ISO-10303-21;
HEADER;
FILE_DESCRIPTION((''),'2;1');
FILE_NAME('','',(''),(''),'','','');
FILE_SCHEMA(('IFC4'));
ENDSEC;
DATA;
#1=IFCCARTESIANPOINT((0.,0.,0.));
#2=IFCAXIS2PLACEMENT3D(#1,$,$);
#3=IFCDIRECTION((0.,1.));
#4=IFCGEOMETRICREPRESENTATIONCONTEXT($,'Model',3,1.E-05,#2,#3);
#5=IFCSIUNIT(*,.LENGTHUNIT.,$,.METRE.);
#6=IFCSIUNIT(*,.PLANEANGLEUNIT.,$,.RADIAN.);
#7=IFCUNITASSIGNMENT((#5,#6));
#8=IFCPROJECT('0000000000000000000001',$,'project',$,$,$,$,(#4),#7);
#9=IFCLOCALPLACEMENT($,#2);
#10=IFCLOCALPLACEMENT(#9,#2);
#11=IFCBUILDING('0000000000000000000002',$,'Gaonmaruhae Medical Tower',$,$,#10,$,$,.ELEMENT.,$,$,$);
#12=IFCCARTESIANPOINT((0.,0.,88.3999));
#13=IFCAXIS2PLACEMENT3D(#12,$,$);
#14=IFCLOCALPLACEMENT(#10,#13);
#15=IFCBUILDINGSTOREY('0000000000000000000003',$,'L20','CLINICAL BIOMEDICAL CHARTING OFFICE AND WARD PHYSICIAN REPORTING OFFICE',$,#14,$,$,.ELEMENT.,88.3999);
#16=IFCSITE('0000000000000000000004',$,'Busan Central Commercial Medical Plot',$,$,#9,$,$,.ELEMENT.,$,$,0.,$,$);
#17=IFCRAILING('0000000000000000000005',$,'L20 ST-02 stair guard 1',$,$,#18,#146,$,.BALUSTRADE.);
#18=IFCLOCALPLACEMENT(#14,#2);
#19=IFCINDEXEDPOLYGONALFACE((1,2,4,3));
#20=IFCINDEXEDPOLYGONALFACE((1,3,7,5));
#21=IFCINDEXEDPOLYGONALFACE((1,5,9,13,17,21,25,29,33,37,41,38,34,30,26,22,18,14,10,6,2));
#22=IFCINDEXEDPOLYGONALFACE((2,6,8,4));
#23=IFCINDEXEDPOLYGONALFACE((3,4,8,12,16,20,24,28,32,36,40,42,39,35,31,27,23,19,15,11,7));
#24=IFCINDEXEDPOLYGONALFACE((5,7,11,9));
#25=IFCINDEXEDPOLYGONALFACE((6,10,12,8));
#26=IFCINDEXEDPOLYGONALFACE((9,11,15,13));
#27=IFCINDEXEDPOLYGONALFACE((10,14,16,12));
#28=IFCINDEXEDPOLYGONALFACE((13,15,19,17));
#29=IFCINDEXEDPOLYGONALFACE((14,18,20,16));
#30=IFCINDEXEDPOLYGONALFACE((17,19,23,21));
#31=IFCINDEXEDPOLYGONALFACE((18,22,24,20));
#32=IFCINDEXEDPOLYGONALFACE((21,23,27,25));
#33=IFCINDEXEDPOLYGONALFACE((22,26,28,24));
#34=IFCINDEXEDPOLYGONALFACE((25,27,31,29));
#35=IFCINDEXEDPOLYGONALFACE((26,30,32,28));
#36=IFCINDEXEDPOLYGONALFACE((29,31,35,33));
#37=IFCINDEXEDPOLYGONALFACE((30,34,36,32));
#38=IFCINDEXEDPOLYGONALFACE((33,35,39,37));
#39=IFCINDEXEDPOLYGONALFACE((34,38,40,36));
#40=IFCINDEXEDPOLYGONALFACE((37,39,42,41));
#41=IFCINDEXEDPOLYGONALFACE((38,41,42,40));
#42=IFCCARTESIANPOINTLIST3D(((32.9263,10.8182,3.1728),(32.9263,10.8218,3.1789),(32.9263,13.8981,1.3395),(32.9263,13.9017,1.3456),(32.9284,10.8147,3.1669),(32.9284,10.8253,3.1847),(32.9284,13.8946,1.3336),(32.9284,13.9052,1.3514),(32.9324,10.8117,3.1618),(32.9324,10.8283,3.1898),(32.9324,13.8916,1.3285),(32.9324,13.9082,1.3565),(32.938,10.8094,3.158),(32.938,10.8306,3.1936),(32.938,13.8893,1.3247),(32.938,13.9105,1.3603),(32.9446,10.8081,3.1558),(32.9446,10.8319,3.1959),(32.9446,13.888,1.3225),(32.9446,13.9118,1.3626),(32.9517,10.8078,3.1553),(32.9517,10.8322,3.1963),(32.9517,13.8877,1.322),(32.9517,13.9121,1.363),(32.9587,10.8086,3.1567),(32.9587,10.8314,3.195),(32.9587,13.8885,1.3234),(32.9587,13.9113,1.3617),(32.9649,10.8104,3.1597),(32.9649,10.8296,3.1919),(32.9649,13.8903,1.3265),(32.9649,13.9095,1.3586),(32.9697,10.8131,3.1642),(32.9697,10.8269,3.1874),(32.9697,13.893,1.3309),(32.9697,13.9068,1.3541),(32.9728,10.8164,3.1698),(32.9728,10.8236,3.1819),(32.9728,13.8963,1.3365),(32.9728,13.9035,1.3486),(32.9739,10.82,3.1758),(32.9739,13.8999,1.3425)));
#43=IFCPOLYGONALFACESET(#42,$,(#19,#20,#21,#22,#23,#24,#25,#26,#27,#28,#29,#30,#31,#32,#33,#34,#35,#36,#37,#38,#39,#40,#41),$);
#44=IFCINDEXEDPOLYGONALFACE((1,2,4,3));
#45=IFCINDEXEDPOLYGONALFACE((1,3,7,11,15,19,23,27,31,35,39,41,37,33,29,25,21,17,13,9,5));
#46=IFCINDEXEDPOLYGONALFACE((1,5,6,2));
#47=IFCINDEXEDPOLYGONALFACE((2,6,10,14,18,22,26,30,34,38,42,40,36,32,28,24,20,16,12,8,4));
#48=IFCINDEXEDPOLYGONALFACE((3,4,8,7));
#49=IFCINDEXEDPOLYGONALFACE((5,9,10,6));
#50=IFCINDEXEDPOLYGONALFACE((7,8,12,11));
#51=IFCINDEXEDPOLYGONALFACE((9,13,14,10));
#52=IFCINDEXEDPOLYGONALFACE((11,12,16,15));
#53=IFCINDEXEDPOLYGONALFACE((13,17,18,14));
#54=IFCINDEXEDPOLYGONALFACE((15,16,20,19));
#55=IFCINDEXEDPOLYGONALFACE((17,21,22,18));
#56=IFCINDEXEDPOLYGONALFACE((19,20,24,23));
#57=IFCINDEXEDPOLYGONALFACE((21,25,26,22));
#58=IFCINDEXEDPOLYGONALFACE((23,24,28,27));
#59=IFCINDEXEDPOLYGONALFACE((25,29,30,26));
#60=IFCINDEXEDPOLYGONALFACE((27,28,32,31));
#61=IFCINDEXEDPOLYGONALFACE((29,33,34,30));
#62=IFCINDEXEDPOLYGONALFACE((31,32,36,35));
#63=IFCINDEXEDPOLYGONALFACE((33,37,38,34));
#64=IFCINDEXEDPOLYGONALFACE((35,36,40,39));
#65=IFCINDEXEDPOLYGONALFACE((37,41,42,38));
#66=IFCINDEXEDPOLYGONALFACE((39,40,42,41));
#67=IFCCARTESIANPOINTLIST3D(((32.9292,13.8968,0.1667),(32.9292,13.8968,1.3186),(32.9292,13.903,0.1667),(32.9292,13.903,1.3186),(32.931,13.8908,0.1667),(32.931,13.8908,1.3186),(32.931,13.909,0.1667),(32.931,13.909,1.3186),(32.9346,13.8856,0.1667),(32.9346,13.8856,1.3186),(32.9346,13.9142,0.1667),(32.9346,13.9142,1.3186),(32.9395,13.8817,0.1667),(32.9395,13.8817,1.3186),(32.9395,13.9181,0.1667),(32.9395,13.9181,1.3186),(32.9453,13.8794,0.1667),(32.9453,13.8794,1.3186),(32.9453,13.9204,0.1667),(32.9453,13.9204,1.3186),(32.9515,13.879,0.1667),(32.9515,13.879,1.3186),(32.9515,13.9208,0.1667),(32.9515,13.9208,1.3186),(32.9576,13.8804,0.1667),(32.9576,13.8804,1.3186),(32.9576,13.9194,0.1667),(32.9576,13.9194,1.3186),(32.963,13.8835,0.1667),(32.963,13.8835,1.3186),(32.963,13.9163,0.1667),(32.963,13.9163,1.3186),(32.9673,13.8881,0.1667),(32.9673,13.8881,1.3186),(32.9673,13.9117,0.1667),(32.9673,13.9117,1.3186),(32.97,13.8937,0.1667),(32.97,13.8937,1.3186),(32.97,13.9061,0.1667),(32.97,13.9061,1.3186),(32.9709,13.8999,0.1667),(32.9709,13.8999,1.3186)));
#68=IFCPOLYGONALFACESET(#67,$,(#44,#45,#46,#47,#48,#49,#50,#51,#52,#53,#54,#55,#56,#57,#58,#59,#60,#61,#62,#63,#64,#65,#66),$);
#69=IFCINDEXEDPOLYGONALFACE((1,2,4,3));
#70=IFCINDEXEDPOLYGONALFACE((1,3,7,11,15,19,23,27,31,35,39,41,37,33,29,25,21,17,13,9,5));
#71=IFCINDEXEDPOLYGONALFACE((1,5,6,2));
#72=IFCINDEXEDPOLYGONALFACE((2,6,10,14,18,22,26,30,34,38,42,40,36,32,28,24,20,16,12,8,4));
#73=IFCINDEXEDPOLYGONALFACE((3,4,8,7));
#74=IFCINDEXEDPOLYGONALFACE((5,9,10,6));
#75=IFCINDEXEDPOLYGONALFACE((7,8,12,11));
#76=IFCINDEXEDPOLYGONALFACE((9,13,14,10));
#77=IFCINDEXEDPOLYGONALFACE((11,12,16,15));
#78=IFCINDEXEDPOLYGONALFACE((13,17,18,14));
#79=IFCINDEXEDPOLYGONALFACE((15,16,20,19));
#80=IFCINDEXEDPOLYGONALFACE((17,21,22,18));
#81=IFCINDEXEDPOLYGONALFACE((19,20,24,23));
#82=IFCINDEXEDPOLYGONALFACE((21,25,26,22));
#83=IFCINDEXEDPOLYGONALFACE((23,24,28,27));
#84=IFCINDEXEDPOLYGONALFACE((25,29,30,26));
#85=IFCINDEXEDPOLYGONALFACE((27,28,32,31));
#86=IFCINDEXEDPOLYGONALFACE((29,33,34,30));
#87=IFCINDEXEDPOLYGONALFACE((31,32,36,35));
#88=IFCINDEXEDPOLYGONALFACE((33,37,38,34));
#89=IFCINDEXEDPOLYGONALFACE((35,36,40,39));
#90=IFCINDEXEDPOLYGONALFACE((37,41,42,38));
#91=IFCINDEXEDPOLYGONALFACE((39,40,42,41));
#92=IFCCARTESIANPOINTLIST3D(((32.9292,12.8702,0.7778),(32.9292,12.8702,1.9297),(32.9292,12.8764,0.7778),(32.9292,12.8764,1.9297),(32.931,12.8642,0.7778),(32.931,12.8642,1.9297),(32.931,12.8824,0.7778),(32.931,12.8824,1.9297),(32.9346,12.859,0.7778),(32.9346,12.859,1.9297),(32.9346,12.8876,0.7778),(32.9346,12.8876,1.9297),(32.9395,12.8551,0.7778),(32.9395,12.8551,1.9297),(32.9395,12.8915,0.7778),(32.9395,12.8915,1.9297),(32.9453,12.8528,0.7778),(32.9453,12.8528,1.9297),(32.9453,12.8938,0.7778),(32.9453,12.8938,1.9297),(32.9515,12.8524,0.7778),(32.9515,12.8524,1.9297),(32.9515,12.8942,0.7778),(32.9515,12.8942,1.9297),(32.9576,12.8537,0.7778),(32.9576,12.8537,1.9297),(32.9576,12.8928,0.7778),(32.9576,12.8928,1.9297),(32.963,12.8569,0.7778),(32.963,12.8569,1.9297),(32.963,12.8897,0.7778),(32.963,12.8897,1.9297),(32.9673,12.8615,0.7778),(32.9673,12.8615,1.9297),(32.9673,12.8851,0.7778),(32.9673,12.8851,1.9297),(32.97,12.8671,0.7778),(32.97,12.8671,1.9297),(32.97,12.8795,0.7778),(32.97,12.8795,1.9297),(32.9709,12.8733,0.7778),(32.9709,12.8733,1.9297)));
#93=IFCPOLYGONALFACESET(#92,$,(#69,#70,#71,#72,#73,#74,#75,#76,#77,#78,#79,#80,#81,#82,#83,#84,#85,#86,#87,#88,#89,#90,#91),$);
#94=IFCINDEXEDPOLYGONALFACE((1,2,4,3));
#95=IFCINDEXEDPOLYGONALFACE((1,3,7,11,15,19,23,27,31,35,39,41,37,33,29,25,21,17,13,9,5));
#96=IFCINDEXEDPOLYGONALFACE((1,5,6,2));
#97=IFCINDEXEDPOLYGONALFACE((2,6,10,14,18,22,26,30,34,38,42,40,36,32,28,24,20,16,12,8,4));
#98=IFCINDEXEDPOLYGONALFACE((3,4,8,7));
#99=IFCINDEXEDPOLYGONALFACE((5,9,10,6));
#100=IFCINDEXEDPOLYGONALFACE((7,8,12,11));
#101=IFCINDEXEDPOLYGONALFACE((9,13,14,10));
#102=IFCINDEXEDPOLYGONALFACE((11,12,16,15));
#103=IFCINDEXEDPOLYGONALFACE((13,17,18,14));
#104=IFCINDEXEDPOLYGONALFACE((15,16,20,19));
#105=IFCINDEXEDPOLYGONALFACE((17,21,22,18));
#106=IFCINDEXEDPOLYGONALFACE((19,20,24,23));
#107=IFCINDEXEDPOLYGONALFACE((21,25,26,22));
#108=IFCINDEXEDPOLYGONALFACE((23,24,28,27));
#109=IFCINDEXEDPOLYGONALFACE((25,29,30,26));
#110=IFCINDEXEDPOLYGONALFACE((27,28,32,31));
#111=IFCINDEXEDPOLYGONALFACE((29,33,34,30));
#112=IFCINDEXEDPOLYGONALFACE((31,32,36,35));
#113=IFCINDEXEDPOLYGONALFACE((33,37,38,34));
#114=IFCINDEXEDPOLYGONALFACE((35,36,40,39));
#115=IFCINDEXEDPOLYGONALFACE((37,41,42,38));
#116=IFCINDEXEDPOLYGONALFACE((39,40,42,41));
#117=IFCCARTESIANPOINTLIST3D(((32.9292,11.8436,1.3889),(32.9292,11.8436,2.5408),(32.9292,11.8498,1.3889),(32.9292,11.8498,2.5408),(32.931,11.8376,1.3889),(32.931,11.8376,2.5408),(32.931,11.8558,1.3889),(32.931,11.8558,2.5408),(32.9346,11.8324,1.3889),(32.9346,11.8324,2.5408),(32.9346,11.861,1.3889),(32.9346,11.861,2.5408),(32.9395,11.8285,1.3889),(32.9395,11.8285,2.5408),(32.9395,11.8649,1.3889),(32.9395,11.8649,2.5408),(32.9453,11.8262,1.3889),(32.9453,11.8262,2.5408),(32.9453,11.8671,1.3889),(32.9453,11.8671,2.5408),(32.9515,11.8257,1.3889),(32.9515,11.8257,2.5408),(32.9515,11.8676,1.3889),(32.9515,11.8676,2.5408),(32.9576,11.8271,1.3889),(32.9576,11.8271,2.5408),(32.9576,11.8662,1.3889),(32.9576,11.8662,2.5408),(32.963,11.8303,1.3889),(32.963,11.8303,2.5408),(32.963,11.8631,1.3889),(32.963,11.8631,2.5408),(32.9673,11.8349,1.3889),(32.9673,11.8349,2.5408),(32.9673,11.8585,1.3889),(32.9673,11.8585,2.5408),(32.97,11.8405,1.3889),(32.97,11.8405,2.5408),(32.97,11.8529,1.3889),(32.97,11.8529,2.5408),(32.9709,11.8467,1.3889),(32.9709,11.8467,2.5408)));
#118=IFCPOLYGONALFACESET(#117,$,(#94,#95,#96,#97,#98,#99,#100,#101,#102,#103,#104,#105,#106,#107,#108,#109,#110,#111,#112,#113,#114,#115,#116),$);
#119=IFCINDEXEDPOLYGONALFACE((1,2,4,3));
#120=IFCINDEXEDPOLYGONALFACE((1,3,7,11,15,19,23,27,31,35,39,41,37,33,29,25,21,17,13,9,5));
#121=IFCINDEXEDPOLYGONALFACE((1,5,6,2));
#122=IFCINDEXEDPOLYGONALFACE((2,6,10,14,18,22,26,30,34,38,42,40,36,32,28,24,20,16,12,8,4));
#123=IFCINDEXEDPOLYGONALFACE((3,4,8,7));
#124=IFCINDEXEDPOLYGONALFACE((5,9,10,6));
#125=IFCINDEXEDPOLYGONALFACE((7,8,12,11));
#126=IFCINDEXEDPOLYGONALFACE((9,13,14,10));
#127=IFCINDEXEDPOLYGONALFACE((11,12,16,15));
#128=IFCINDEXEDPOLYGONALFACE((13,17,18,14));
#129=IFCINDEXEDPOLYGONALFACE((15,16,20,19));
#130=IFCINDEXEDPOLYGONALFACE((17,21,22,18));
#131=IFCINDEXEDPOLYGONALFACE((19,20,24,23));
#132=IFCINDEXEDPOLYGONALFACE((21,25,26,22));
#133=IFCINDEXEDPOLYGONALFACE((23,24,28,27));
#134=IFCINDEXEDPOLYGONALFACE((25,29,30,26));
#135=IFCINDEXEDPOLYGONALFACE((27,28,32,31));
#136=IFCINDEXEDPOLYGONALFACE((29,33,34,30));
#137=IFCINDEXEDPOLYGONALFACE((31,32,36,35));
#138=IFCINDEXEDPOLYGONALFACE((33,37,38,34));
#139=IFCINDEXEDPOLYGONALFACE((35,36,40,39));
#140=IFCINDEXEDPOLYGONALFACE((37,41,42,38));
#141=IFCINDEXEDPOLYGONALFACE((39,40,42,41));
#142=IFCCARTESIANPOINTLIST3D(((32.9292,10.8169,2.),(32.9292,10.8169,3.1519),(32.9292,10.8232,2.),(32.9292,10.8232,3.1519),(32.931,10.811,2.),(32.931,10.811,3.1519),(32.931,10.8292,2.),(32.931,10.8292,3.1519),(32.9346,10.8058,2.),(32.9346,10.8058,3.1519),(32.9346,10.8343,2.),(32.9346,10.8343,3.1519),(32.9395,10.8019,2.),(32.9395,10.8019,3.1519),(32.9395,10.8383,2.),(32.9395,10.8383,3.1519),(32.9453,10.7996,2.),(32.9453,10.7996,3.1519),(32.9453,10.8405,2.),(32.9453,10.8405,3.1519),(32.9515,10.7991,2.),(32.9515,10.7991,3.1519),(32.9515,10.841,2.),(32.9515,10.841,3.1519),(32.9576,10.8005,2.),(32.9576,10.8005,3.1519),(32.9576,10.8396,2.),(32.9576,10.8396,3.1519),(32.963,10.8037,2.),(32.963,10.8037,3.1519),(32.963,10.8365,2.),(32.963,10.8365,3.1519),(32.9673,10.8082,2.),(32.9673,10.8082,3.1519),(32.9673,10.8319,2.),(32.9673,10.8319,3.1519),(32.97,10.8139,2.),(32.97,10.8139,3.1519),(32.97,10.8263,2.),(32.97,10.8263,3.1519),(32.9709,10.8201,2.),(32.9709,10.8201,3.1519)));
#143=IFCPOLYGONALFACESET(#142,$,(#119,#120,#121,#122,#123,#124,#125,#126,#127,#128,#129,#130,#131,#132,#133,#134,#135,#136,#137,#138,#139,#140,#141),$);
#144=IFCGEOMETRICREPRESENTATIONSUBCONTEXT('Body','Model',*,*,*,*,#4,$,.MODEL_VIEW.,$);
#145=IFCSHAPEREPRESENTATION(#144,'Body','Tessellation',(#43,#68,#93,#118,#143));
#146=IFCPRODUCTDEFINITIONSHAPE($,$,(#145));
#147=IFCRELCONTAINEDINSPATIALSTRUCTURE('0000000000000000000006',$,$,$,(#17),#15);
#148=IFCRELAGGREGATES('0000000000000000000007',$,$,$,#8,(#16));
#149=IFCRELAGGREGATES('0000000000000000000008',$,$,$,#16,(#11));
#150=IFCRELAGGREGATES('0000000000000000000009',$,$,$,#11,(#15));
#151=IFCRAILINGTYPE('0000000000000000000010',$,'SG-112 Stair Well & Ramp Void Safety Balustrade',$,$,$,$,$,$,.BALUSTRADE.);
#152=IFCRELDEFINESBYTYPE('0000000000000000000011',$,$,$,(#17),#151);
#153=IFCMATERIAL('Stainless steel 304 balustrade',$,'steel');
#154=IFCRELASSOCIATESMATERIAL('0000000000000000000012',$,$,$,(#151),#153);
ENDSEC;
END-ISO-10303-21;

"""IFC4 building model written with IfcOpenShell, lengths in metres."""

from ifc_helpers import new_model, si_unit, direction, frame, origin, origin_2d, place, context, subcontext, project, spatial, circle, extrude, material, type_object, element, save


model = new_model("IFC4")

# Units and contexts
model_context = context("Model", 3, precision=1e-05, world=origin(), true_north=direction((0.0, 1.0)))
body_context = subcontext(model_context, "Body", "Model", "MODEL_VIEW")
ifc_project = project(units=[si_unit("LENGTHUNIT", "METRE"), si_unit("PLANEANGLEUNIT", "RADIAN")], contexts=[model_context])

# Site, building, storey
site_placement = place(None, origin())
site = spatial("IfcSite", under=ifc_project, at=site_placement, Name="Busan Central Commercial Medical Plot", CompositionType="ELEMENT", RefElevation=0.0)
building_placement = place(site_placement, origin())
building = spatial("IfcBuilding", under=site, at=building_placement, Name="Gaonmaruhae Medical Tower", CompositionType="ELEMENT")
storey_placement = place(building_placement, frame((0.0, 0.0, 88.3999)))
storey = spatial("IfcBuildingStorey", under=building, at=storey_placement, Name="L20", Description="CLINICAL BIOMEDICAL CHARTING OFFICE AND WARD PHYSICIAN REPORTING OFFICE", CompositionType="ELEMENT", Elevation=88.3999)

# Railing
ifc_material_1 = material(Name="Stainless steel 304 balustrade", Category="steel")
railing_type_1 = type_object("IfcRailingType", Name="SG-112 Stair Well & Ramp Void Safety Balustrade", PredefinedType="BALUSTRADE", material=ifc_material_1)
railing_1_placement = place(storey_placement, frame((32.95, 13.8999, 0.1667)))
element("IfcRailing", 1, at=railing_1_placement, inside=storey, type_object=railing_type_1, Name="L20 ST-02 stair guard 1", PredefinedType="BALUSTRADE", context=body_context, shape_type="SweptSolid", body=[
    extrude(circle(Radius=0.0239, at=origin_2d()), frame((0.0, 0.0, 1.1758), z_axis=(0.0, -0.859291, 0.511487), x_axis=(1.0, 0.0, 0.0)), (0.0, 0.0, 1.0), 3.5842),
    extrude(circle(Radius=0.021, at=origin_2d()), origin(), (0.0, 0.0, 1.0), 1.1519),
    extrude(circle(Radius=0.021, at=origin_2d()), frame((0.0, -1.0266, 0.6111)), (0.0, 0.0, 1.0), 1.1519),
    extrude(circle(Radius=0.021, at=origin_2d()), frame((0.0, -2.0532, 1.2222)), (0.0, 0.0, 1.0), 1.1519),
    extrude(circle(Radius=0.021, at=origin_2d()), frame((0.0, -3.0798, 1.8333)), (0.0, 0.0, 1.0), 1.1519),
])

save(model, "model.ifc")
